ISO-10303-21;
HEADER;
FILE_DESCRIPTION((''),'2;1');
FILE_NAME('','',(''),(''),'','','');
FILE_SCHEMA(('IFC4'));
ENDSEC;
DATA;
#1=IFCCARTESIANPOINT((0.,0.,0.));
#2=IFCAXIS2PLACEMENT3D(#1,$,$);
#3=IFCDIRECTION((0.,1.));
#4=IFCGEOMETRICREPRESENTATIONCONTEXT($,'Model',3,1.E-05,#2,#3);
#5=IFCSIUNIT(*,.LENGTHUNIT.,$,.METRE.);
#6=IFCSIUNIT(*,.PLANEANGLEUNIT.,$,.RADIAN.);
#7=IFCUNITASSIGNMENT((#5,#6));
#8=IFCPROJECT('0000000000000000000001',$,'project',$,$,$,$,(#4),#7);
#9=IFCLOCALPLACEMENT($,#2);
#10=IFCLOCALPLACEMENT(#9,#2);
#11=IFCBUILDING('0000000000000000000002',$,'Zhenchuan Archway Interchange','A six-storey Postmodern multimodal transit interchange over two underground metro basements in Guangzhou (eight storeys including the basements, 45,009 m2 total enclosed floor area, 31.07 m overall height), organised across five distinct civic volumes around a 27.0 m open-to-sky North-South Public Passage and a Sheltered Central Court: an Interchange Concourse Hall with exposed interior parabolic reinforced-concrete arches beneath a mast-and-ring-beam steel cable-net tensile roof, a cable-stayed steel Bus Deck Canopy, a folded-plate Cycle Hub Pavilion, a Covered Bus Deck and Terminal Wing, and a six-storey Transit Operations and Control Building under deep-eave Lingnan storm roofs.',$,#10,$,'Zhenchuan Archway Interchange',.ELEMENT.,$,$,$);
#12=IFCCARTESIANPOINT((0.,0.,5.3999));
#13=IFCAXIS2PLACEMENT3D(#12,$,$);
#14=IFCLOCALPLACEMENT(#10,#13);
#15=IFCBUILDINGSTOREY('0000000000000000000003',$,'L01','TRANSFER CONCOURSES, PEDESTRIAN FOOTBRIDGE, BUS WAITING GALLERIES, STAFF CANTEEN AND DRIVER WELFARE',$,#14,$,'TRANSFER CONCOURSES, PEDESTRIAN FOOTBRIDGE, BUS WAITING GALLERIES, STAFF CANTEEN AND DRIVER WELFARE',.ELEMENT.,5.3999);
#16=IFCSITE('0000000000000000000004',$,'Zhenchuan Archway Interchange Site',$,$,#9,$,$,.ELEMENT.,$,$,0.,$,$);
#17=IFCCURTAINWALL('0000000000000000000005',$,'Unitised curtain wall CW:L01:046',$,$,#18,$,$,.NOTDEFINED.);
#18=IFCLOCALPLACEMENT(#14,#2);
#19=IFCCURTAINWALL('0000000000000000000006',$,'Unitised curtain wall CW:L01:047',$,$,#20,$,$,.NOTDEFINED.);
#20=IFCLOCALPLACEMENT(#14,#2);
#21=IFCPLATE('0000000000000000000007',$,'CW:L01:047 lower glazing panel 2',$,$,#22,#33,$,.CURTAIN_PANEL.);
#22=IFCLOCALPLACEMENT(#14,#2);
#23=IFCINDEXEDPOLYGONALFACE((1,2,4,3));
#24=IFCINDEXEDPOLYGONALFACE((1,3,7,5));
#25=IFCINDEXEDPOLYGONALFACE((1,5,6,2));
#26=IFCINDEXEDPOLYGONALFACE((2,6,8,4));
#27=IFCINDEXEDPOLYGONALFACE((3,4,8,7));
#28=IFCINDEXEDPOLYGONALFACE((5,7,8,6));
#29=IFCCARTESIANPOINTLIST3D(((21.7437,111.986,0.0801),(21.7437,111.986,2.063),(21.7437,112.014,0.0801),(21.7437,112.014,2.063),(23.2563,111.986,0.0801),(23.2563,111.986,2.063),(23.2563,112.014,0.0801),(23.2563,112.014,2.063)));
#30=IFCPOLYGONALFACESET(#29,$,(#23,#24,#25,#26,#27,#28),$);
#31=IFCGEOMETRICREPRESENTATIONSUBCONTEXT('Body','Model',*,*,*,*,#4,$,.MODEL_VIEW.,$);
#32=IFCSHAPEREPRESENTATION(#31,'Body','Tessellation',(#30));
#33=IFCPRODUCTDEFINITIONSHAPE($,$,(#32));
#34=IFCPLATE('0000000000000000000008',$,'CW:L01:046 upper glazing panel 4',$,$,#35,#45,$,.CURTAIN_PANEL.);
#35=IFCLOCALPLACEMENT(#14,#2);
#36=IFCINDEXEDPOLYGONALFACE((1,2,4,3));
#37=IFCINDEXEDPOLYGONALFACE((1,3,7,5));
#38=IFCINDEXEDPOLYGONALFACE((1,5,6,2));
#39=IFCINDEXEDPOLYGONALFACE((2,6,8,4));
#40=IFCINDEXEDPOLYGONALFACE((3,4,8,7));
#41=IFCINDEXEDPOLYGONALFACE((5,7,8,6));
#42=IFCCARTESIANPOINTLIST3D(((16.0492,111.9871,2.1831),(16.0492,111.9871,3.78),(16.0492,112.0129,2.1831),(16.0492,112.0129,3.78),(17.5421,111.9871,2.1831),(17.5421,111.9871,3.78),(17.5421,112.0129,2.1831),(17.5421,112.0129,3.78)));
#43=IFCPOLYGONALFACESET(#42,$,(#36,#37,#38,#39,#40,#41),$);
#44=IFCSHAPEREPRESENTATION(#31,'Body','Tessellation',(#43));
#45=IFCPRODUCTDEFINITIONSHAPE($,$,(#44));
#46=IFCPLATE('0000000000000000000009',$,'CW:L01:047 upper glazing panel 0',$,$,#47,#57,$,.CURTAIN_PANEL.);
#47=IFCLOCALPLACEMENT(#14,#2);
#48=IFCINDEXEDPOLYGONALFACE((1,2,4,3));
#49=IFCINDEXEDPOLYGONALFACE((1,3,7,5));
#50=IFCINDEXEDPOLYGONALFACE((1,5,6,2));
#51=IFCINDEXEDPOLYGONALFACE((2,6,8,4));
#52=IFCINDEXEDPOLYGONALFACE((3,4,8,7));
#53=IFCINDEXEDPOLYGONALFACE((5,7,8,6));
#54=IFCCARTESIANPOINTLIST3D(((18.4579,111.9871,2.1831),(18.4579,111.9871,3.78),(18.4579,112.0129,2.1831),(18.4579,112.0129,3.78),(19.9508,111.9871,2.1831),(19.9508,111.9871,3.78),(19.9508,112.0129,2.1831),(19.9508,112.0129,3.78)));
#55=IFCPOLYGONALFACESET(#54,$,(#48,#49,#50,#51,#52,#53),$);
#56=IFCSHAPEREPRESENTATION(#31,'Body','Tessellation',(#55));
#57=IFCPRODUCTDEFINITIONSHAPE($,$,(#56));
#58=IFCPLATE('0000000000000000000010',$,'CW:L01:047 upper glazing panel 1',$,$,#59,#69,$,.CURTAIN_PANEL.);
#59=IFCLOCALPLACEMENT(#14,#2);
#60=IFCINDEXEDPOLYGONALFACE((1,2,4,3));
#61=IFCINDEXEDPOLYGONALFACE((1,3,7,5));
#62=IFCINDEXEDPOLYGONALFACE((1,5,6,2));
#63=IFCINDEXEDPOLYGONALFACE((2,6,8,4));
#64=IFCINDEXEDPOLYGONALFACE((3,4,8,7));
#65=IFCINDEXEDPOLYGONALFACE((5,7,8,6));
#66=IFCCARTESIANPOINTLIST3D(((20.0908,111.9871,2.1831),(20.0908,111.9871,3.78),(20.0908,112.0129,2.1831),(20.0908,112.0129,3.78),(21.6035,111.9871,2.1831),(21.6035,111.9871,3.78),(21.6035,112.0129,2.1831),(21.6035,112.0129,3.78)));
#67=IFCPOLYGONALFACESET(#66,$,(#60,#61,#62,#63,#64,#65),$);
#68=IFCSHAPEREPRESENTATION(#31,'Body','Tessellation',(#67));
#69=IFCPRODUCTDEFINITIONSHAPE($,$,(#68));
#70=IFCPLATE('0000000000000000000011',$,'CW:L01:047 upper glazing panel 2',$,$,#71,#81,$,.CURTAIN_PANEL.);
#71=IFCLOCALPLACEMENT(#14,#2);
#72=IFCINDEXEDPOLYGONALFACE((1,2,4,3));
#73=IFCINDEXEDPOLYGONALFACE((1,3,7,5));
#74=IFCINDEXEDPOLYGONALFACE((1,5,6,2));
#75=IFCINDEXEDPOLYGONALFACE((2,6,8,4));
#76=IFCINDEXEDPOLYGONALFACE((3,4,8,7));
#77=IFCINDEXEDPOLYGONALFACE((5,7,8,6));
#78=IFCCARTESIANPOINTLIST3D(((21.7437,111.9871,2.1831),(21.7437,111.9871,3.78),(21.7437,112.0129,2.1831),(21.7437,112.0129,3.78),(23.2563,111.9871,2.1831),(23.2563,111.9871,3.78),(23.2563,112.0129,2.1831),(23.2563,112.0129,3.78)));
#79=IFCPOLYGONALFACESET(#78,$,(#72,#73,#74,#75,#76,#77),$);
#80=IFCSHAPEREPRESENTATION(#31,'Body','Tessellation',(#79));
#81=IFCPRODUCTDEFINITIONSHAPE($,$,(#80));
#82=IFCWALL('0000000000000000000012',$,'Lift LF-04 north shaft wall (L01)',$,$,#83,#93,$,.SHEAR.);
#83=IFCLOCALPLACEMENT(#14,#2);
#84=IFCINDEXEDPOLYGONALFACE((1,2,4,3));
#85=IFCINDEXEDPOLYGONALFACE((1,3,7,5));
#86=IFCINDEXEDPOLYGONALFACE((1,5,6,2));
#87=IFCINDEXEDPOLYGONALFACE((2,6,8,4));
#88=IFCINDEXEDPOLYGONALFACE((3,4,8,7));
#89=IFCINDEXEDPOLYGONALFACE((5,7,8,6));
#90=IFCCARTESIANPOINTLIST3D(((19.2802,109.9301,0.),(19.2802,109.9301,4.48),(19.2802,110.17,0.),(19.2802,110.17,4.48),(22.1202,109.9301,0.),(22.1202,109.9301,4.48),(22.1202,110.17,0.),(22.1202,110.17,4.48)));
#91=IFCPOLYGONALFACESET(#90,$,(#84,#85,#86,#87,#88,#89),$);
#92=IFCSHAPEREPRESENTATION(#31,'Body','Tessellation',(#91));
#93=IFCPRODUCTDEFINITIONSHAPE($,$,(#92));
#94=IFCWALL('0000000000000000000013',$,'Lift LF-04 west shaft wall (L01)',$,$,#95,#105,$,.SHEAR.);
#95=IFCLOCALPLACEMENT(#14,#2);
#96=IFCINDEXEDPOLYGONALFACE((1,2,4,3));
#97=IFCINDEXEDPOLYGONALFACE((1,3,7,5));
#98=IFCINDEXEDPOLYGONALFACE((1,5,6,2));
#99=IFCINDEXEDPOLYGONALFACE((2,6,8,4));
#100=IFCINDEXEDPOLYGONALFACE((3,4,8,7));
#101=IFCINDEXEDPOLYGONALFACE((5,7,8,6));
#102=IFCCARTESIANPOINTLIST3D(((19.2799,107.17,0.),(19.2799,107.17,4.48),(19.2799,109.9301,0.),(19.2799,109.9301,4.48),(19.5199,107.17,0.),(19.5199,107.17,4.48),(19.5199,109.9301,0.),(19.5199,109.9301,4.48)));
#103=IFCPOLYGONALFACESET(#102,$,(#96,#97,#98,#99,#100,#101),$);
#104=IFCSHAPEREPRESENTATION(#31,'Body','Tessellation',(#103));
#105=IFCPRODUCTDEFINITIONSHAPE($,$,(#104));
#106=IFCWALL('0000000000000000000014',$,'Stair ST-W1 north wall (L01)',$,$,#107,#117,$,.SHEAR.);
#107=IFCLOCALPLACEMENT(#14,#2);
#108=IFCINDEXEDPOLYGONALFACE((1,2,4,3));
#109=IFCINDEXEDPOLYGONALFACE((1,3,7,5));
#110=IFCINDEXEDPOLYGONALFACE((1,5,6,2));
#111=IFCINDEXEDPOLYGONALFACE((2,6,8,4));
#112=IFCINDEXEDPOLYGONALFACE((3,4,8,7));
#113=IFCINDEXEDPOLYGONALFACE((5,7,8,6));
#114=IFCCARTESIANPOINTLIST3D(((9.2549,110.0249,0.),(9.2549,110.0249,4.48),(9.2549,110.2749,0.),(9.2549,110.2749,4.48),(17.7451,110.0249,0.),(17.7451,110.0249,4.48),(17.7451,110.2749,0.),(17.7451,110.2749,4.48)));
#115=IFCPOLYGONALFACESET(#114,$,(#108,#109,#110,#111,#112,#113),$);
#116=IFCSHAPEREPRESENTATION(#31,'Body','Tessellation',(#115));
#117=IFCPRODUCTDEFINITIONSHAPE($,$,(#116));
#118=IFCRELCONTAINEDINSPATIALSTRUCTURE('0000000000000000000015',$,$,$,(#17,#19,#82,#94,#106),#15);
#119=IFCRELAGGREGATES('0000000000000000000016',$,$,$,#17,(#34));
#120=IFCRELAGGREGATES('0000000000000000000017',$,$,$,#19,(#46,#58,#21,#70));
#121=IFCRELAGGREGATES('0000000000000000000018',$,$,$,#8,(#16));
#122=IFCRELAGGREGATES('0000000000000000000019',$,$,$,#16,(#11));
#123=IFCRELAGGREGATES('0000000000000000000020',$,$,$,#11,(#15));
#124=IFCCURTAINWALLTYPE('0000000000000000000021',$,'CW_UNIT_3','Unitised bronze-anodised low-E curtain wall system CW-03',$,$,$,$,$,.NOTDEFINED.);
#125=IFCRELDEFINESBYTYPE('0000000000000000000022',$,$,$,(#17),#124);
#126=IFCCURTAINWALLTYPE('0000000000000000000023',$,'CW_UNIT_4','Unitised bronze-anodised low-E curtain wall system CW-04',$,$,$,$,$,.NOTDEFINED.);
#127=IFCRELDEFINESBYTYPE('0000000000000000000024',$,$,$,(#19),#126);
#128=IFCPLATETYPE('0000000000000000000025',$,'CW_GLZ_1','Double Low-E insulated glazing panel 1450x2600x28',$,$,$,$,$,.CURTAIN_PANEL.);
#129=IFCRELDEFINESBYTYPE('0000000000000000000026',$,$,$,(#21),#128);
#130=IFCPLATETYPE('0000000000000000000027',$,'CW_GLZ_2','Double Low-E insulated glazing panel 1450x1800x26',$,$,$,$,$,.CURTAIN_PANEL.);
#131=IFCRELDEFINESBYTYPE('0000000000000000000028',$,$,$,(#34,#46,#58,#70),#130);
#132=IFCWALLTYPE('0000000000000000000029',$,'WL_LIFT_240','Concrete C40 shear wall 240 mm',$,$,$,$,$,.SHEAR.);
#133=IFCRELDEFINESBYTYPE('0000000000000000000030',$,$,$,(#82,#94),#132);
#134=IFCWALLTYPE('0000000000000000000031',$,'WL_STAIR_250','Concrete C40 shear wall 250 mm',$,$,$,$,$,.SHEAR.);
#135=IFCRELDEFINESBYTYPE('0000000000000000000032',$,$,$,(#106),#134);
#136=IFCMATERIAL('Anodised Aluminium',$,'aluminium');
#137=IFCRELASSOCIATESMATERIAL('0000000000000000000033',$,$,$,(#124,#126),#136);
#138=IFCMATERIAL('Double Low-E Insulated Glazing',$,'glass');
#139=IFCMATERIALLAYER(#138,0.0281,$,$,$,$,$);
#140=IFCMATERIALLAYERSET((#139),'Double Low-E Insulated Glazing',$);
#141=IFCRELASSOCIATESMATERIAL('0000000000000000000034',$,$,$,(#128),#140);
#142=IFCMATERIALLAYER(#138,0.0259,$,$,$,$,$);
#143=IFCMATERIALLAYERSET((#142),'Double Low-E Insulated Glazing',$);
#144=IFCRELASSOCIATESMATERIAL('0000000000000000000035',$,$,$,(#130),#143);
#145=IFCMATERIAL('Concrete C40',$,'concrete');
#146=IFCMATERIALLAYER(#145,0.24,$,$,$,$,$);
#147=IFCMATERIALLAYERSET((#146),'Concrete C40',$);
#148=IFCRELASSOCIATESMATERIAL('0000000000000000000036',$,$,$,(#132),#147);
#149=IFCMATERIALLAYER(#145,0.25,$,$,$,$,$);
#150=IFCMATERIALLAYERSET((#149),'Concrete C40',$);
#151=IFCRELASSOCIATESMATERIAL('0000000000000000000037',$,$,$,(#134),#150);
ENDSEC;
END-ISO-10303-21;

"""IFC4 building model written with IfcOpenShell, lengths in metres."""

from ifc_helpers import new_model, si_unit, direction, frame, frame_2d, origin, origin_2d, place, context, subcontext, project, spatial, rectangle, extrude, material, layer, layer_set, type_object, element, aggregate, save


model = new_model("IFC4")

# Units and contexts
model_context = context("Model", 3, precision=1e-05, world=origin(), true_north=direction((0.0, 1.0)))
body_context = subcontext(model_context, "Body", "Model", "MODEL_VIEW")
ifc_project = project(units=[si_unit("LENGTHUNIT", "METRE"), si_unit("PLANEANGLEUNIT", "RADIAN")], contexts=[model_context])

# Site, building, storey
site_placement = place(None, origin())
site = spatial("IfcSite", under=ifc_project, at=site_placement, Name="Zhenchuan Archway Interchange Site", CompositionType="ELEMENT", RefElevation=0.0)
building_placement = place(site_placement, origin())
building = spatial("IfcBuilding", under=site, at=building_placement, Name="Zhenchuan Archway Interchange", Description="A six-storey Postmodern multimodal transit interchange over two underground metro basements in Guangzhou (eight storeys including the basements, 45,009 m2 total enclosed floor area, 31.07 m overall height), organised across five distinct civic volumes around a 27.0 m open-to-sky North-South Public Passage and a Sheltered Central Court: an Interchange Concourse Hall with exposed interior parabolic reinforced-concrete arches beneath a mast-and-ring-beam steel cable-net tensile roof, a cable-stayed steel Bus Deck Canopy, a folded-plate Cycle Hub Pavilion, a Covered Bus Deck and Terminal Wing, and a six-storey Transit Operations and Control Building under deep-eave Lingnan storm roofs.", LongName="Zhenchuan Archway Interchange", CompositionType="ELEMENT")
storey_placement = place(building_placement, frame((0.0, 0.0, 5.3999)))
storey = spatial("IfcBuildingStorey", under=building, at=storey_placement, Name="L01", Description="TRANSFER CONCOURSES, PEDESTRIAN FOOTBRIDGE, BUS WAITING GALLERIES, STAFF CANTEEN AND DRIVER WELFARE", LongName="TRANSFER CONCOURSES, PEDESTRIAN FOOTBRIDGE, BUS WAITING GALLERIES, STAFF CANTEEN AND DRIVER WELFARE", CompositionType="ELEMENT", Elevation=5.3999)

# Shared definitions
ifc_material_1 = material(Name="Concrete C40", Category="concrete")

# Curtain wall
ifc_material_2 = material(Name="Anodised Aluminium", Category="aluminium")
curtain_wall_type_1 = type_object("IfcCurtainWallType", Name="CW_UNIT_3", Description="Unitised bronze-anodised low-E curtain wall system CW-03", PredefinedType="NOTDEFINED", material=ifc_material_2)
curtain_wall_1_placement = place(storey_placement, origin())
curtain_wall_1 = element("IfcCurtainWall", 1, at=curtain_wall_1_placement, inside=storey, type_object=curtain_wall_type_1, Name="Unitised curtain wall CW:L01:046", PredefinedType="NOTDEFINED")

# Curtain wall
curtain_wall_type_2 = type_object("IfcCurtainWallType", Name="CW_UNIT_4", Description="Unitised bronze-anodised low-E curtain wall system CW-04", PredefinedType="NOTDEFINED", material=ifc_material_2)
curtain_wall_2_placement = place(storey_placement, origin())
curtain_wall_2 = element("IfcCurtainWall", 2, at=curtain_wall_2_placement, inside=storey, type_object=curtain_wall_type_2, Name="Unitised curtain wall CW:L01:047", PredefinedType="NOTDEFINED")

# Plates
ifc_material_3 = material(Name="Double Low-E Insulated Glazing", Category="glass")
ifc_layer_1 = layer(ifc_material_3, 0.0281)
ifc_layer_set_1 = layer_set([ifc_layer_1], Name="Double Low-E Insulated Glazing")
plate_type_1 = type_object("IfcPlateType", Name="CW_GLZ_1", Description="Double Low-E insulated glazing panel 1450x2600x28", PredefinedType="CURTAIN_PANEL", material=ifc_layer_set_1)
plate_1_placement = place(storey_placement, frame((22.5, 112.0, 0.0801), z_axis=(0.0, 0.0, 1.0), x_axis=(1.0, 0.0, 0.0)))
plate_1 = element("IfcPlate", 3, at=plate_1_placement, type_object=plate_type_1, Name="CW:L01:047 lower glazing panel 2", PredefinedType="CURTAIN_PANEL", context=body_context, shape_type="SweptSolid", body=[
    extrude(rectangle(XDim=1.5127, YDim=0.0281, at=origin_2d()), origin(), (0.0, 0.0, 1.0), 1.9829),
])
ifc_layer_2 = layer(ifc_material_3, 0.0259)
ifc_layer_set_2 = layer_set([ifc_layer_2], Name="Double Low-E Insulated Glazing")
plate_type_2 = type_object("IfcPlateType", Name="CW_GLZ_2", Description="Double Low-E insulated glazing panel 1450x1800x26", PredefinedType="CURTAIN_PANEL", material=ifc_layer_set_2)
plate_2_placement = place(storey_placement, frame((16.7957, 112.0, 2.1831), z_axis=(0.0, 0.0, 1.0), x_axis=(1.0, 0.0, 0.0)))
plate_2 = element("IfcPlate", 4, at=plate_2_placement, type_object=plate_type_2, Name="CW:L01:046 upper glazing panel 4", PredefinedType="CURTAIN_PANEL", context=body_context, shape_type="SweptSolid", body=[
    extrude(rectangle(XDim=1.4929, YDim=0.0259, at=origin_2d()), origin(), (0.0, 0.0, 1.0), 1.5969),
])
aggregate(curtain_wall_1, [plate_2])
plate_3_placement = place(storey_placement, frame((19.2043, 112.0, 2.1831), z_axis=(0.0, 0.0, 1.0), x_axis=(1.0, 0.0, 0.0)))
plate_3 = element("IfcPlate", 5, at=plate_3_placement, type_object=plate_type_2, Name="CW:L01:047 upper glazing panel 0", PredefinedType="CURTAIN_PANEL", context=body_context, shape_type="SweptSolid", body=[
    extrude(rectangle(XDim=1.4929, YDim=0.0259, at=origin_2d()), origin(), (0.0, 0.0, 1.0), 1.5969),
])
plate_4_placement = place(storey_placement, frame((20.8472, 112.0, 2.1831), z_axis=(0.0, 0.0, 1.0), x_axis=(1.0, 0.0, 0.0)))
plate_4 = element("IfcPlate", 6, at=plate_4_placement, type_object=plate_type_2, Name="CW:L01:047 upper glazing panel 1", PredefinedType="CURTAIN_PANEL", context=body_context, shape_type="SweptSolid", body=[
    extrude(rectangle(XDim=1.5127, YDim=0.0259, at=origin_2d()), origin(), (0.0, 0.0, 1.0), 1.5969),
])
plate_5_placement = place(storey_placement, frame((22.5, 112.0, 2.1831), z_axis=(0.0, 0.0, 1.0), x_axis=(1.0, 0.0, 0.0)))
plate_5 = element("IfcPlate", 7, at=plate_5_placement, type_object=plate_type_2, Name="CW:L01:047 upper glazing panel 2", PredefinedType="CURTAIN_PANEL", context=body_context, shape_type="SweptSolid", body=[
    extrude(rectangle(XDim=1.5127, YDim=0.0259, at=origin_2d()), origin(), (0.0, 0.0, 1.0), 1.5969),
])
aggregate(curtain_wall_2, [plate_3, plate_4, plate_1, plate_5])

# Walls
ifc_layer_3 = layer(ifc_material_1, 0.24)
ifc_layer_set_3 = layer_set([ifc_layer_3], Name="Concrete C40")
wall_type_1 = type_object("IfcWallType", Name="WL_LIFT_240", Description="Concrete C40 shear wall 240 mm", PredefinedType="SHEAR", material=ifc_layer_set_3)
wall_1_placement = place(storey_placement, frame((22.1201, 110.05, 0.0), z_axis=(0.0, 0.0, 1.0), x_axis=(-1.0, 0.0, 0.0)))
element("IfcWall", 8, at=wall_1_placement, inside=storey, type_object=wall_type_1, Name="Lift LF-04 north shaft wall (L01)", PredefinedType="SHEAR", context=body_context, shape_type="SweptSolid", body=[
    extrude(rectangle(XDim=2.8401, YDim=0.24, at=frame_2d((1.4199, 0.0))), origin(), (0.0, 0.0, 1.0), 4.48),
])
wall_2_placement = place(storey_placement, frame((19.3999, 109.9299, 0.0), z_axis=(0.0, 0.0, 1.0), x_axis=(0.0, -1.0, 0.0)))
element("IfcWall", 9, at=wall_2_placement, inside=storey, type_object=wall_type_1, Name="Lift LF-04 west shaft wall (L01)", PredefinedType="SHEAR", context=body_context, shape_type="SweptSolid", body=[
    extrude(rectangle(XDim=2.76, YDim=0.24, at=frame_2d((1.3799, 0.0))), origin(), (0.0, 0.0, 1.0), 4.48),
])
ifc_layer_4 = layer(ifc_material_1, 0.25)
ifc_layer_set_4 = layer_set([ifc_layer_4], Name="Concrete C40")
wall_type_2 = type_object("IfcWallType", Name="WL_STAIR_250", Description="Concrete C40 shear wall 250 mm", PredefinedType="SHEAR", material=ifc_layer_set_4)
wall_3_placement = place(storey_placement, frame((17.7451, 110.1499, 0.0), z_axis=(0.0, 0.0, 1.0), x_axis=(-1.0, 0.0, 0.0)))
element("IfcWall", 10, at=wall_3_placement, inside=storey, type_object=wall_type_2, Name="Stair ST-W1 north wall (L01)", PredefinedType="SHEAR", context=body_context, shape_type="SweptSolid", body=[
    extrude(rectangle(XDim=8.4902, YDim=0.25, at=frame_2d((4.2451, 0.0))), origin(), (0.0, 0.0, 1.0), 4.48),
])

save(model, "model.ifc")
